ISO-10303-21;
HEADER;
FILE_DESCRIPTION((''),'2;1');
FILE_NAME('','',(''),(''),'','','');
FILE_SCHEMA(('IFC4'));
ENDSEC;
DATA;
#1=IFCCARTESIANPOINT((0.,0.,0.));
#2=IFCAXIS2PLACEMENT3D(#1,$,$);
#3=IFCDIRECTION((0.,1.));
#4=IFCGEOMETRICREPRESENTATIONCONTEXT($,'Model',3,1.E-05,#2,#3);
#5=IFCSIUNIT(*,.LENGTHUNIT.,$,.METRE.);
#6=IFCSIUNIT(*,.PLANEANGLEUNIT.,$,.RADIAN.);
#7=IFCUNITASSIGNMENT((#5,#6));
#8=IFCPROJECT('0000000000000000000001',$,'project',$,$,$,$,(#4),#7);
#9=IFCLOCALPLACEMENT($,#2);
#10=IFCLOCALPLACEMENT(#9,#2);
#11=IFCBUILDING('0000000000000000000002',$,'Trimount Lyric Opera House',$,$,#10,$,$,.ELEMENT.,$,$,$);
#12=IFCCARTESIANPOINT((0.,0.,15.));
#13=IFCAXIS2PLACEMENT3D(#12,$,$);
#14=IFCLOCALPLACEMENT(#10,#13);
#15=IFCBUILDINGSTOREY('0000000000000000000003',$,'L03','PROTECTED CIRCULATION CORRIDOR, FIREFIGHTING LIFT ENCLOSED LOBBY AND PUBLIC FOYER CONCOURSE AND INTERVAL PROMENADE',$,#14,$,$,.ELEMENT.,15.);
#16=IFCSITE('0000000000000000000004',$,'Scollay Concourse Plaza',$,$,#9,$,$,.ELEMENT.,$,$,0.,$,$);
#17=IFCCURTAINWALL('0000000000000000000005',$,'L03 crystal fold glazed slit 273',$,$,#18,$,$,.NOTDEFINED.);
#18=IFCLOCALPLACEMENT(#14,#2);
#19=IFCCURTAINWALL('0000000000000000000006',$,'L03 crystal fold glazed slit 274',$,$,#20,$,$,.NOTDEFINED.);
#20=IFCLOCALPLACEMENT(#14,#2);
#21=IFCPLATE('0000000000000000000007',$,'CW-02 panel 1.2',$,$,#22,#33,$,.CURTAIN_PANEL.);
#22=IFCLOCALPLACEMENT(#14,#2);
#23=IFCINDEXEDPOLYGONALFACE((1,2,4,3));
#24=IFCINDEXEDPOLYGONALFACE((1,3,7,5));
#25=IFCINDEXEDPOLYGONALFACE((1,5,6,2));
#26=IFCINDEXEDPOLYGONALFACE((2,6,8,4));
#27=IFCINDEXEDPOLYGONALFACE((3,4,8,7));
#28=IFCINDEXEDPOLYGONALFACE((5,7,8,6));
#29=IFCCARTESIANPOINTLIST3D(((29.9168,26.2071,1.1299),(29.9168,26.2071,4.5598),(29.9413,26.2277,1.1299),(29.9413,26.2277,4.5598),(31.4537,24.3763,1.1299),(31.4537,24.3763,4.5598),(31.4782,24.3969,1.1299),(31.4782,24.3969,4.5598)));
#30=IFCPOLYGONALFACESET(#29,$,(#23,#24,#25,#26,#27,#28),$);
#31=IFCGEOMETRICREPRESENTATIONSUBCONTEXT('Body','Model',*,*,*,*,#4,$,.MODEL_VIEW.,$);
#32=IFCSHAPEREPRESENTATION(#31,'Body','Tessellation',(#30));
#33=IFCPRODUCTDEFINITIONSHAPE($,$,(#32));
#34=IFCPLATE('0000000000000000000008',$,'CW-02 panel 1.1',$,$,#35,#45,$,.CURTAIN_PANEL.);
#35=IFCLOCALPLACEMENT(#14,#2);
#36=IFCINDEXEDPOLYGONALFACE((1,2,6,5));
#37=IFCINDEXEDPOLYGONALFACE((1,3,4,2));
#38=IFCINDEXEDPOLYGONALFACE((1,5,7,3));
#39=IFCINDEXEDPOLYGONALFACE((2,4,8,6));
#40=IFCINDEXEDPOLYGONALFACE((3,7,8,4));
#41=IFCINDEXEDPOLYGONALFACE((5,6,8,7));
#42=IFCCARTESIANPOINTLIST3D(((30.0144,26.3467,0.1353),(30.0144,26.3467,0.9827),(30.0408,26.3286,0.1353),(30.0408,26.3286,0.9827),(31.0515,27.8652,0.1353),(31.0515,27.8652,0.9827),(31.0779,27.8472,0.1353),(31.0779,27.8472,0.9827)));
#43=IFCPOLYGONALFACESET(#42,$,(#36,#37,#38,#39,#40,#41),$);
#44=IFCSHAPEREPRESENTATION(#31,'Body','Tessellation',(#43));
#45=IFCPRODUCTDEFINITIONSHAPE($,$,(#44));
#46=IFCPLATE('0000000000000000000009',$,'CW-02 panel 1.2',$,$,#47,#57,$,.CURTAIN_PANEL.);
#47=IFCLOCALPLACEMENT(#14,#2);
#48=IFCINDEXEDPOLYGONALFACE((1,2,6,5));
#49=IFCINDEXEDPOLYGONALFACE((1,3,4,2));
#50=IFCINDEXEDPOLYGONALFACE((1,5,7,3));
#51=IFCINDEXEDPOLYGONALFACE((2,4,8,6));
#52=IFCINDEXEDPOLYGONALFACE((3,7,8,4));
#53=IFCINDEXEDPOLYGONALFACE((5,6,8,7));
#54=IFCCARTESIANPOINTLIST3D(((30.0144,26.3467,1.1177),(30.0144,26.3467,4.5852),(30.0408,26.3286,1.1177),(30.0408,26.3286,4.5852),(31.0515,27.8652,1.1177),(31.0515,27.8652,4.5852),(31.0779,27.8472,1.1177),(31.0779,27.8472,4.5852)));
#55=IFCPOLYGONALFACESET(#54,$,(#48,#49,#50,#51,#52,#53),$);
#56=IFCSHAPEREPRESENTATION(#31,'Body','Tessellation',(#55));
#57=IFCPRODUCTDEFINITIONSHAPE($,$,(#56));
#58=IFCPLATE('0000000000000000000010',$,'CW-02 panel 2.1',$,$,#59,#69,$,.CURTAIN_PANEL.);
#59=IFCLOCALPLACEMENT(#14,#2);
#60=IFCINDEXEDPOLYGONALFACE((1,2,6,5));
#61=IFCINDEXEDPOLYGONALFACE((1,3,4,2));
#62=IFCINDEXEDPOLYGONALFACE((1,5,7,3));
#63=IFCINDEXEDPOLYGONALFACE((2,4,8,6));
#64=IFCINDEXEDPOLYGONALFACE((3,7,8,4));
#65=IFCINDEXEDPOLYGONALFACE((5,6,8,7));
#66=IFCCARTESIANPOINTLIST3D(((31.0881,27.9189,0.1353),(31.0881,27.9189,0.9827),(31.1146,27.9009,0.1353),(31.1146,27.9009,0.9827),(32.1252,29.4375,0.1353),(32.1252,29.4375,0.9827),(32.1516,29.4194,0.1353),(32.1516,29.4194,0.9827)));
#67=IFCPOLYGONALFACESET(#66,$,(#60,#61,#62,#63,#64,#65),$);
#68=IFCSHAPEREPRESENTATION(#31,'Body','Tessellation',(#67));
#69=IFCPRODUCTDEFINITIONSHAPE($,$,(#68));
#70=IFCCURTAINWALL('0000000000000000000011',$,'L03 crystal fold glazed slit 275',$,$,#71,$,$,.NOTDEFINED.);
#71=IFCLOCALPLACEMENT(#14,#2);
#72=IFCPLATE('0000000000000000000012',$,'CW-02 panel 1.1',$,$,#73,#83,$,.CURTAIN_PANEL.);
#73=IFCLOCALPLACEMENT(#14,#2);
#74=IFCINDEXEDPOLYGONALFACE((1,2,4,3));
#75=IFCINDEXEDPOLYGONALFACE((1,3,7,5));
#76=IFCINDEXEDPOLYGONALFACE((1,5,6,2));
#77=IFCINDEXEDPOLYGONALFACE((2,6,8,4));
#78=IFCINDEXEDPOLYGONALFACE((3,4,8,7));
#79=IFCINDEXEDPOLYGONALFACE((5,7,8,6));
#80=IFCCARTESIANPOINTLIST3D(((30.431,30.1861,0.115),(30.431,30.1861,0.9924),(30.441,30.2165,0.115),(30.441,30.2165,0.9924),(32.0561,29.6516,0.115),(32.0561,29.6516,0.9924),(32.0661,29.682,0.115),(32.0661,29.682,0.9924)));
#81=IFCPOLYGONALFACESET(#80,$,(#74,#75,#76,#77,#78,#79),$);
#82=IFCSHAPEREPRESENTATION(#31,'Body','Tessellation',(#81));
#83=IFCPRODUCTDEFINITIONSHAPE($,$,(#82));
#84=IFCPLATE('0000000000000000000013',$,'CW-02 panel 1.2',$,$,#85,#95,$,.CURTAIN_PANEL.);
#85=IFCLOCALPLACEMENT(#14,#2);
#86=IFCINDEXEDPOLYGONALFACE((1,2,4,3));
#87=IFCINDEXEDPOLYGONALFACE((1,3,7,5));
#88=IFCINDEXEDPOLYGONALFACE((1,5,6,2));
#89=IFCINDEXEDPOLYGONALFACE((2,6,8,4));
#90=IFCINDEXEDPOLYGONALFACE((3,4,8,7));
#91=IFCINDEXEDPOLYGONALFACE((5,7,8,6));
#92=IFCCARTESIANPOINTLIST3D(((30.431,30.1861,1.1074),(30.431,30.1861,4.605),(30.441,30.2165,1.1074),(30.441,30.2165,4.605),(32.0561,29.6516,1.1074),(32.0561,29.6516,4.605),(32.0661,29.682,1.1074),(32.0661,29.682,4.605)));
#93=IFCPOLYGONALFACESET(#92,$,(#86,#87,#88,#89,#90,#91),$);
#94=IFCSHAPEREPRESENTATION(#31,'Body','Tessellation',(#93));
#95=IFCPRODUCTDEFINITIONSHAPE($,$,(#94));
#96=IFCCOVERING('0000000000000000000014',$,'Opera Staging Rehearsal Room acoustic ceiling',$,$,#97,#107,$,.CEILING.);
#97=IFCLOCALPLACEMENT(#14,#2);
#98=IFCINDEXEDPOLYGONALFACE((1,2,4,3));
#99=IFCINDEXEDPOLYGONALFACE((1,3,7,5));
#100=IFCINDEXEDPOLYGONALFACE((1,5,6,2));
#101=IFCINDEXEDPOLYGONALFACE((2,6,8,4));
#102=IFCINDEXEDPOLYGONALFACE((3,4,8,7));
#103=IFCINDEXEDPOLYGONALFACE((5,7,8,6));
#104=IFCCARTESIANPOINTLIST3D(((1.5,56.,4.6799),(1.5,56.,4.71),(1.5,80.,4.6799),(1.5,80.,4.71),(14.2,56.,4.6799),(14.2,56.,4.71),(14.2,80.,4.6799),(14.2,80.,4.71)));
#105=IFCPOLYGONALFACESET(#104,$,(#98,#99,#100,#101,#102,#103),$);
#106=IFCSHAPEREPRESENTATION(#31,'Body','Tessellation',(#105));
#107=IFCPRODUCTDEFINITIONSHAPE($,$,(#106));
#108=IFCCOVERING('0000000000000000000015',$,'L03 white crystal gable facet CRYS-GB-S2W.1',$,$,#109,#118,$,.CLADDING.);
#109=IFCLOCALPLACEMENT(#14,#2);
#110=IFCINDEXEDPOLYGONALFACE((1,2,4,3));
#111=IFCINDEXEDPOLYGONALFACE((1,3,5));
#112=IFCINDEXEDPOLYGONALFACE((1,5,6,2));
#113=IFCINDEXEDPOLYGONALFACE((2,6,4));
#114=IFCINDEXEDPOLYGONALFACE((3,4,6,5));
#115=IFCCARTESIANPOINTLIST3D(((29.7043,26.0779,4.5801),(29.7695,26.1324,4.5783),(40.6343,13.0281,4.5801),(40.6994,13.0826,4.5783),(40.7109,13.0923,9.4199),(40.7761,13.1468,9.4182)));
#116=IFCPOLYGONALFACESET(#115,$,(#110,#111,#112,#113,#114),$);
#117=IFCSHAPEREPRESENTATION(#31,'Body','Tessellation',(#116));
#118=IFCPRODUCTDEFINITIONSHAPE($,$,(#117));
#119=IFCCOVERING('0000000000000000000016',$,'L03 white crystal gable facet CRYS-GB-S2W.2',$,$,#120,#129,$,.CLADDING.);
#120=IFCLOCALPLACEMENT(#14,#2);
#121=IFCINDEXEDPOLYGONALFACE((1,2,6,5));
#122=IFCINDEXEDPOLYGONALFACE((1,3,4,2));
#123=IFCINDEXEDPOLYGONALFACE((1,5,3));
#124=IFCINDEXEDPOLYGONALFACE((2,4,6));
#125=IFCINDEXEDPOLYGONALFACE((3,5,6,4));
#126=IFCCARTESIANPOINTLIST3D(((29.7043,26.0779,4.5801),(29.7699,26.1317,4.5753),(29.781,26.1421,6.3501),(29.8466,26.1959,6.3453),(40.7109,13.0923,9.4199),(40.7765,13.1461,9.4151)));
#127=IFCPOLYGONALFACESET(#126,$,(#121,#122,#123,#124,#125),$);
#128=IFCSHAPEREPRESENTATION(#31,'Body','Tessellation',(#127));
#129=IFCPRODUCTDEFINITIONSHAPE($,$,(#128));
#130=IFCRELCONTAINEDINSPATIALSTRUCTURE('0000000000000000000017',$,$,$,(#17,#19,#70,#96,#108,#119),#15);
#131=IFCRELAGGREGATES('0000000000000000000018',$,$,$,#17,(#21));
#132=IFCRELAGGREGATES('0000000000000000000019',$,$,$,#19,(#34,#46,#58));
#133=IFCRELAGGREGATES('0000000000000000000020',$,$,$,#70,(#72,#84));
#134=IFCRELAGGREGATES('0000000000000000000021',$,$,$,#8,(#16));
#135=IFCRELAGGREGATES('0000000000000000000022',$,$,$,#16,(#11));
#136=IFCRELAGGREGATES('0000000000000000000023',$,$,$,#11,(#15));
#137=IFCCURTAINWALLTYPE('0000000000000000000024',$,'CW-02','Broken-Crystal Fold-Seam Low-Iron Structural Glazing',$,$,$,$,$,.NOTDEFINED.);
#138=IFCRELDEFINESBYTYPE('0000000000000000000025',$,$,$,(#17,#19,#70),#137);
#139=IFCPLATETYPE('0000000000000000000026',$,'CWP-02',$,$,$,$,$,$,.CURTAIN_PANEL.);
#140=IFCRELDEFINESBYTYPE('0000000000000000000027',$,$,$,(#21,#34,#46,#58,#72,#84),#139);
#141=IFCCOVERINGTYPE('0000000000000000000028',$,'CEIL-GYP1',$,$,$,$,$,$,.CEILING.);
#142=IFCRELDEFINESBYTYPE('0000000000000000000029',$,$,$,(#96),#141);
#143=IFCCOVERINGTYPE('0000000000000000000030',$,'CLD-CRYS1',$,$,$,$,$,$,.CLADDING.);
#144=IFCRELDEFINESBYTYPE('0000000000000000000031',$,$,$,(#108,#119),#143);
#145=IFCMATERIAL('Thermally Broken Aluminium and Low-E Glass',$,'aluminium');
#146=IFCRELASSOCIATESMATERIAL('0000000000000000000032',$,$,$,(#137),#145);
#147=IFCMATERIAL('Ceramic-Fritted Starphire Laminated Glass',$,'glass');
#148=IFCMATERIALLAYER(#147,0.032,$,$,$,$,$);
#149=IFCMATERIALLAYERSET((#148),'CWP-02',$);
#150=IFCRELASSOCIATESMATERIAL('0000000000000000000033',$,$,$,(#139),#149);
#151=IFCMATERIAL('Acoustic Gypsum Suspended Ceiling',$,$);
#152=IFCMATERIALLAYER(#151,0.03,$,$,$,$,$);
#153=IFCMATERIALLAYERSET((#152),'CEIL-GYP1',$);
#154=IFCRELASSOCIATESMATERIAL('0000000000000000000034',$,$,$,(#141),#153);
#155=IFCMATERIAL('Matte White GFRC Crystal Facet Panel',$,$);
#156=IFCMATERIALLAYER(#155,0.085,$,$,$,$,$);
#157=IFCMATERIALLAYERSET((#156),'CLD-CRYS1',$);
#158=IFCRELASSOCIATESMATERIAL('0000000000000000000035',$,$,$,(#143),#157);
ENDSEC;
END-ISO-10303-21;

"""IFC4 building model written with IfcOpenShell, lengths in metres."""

from ifc_helpers import new_model, si_unit, direction, frame, origin, origin_2d, place, context, subcontext, project, spatial, polyline, rectangle, outline, extrude, material, layer, layer_set, type_object, element, aggregate, save


model = new_model("IFC4")

# Units and contexts
model_context = context("Model", 3, precision=1e-05, world=origin(), true_north=direction((0.0, 1.0)))
body_context = subcontext(model_context, "Body", "Model", "MODEL_VIEW")
ifc_project = project(units=[si_unit("LENGTHUNIT", "METRE"), si_unit("PLANEANGLEUNIT", "RADIAN")], contexts=[model_context])

# Site, building, storey
site_placement = place(None, origin())
site = spatial("IfcSite", under=ifc_project, at=site_placement, Name="Scollay Concourse Plaza", CompositionType="ELEMENT", RefElevation=0.0)
building_placement = place(site_placement, origin())
building = spatial("IfcBuilding", under=site, at=building_placement, Name="Trimount Lyric Opera House", CompositionType="ELEMENT")
storey_placement = place(building_placement, frame((0.0, 0.0, 15.0)))
storey = spatial("IfcBuildingStorey", under=building, at=storey_placement, Name="L03", Description="PROTECTED CIRCULATION CORRIDOR, FIREFIGHTING LIFT ENCLOSED LOBBY AND PUBLIC FOYER CONCOURSE AND INTERVAL PROMENADE", CompositionType="ELEMENT", Elevation=15.0)

# Curtain walls
ifc_material_1 = material(Name="Thermally Broken Aluminium and Low-E Glass", Category="aluminium")
curtain_wall_type = type_object("IfcCurtainWallType", Name="CW-02", Description="Broken-Crystal Fold-Seam Low-Iron Structural Glazing", PredefinedType="NOTDEFINED", material=ifc_material_1)
curtain_wall_1_placement = place(storey_placement, origin())
curtain_wall_1 = element("IfcCurtainWall", 1, at=curtain_wall_1_placement, inside=storey, type_object=curtain_wall_type, Name="L03 crystal fold glazed slit 273", PredefinedType="NOTDEFINED")
curtain_wall_2_placement = place(storey_placement, origin())
curtain_wall_2 = element("IfcCurtainWall", 2, at=curtain_wall_2_placement, inside=storey, type_object=curtain_wall_type, Name="L03 crystal fold glazed slit 274", PredefinedType="NOTDEFINED")

# Plates
ifc_material_2 = material(Name="Ceramic-Fritted Starphire Laminated Glass", Category="glass")
ifc_layer_1 = layer(ifc_material_2, 0.032)
ifc_layer_set_1 = layer_set([ifc_layer_1], Name="CWP-02")
plate_type = type_object("IfcPlateType", Name="CWP-02", PredefinedType="CURTAIN_PANEL", material=ifc_layer_set_1)
plate_1_placement = place(storey_placement, frame((30.6975, 25.302, 1.1299), z_axis=(0.0, 0.0, 1.0), x_axis=(-0.642979, 0.765884, 0.0)))
plate_1 = element("IfcPlate", 3, at=plate_1_placement, type_object=plate_type, Name="CW-02 panel 1.2", PredefinedType="CURTAIN_PANEL", context=body_context, shape_type="SweptSolid", body=[
    extrude(rectangle(XDim=2.3904, YDim=0.032, at=origin_2d()), origin(), (0.0, 0.0, 1.0), 3.4299),
])
aggregate(curtain_wall_1, [plate_1])
plate_2_placement = place(storey_placement, frame((30.5461, 27.0969, 0.1353), z_axis=(0.0, 0.0, 1.0), x_axis=(0.563962, 0.825801, 0.0)))
plate_2 = element("IfcPlate", 4, at=plate_2_placement, type_object=plate_type, Name="CW-02 panel 1.1", PredefinedType="CURTAIN_PANEL", context=body_context, shape_type="SweptSolid", body=[
    extrude(rectangle(XDim=1.8389, YDim=0.032, at=origin_2d()), origin(), (0.0, 0.0, 1.0), 0.8474),
])
plate_3_placement = place(storey_placement, frame((30.5461, 27.0969, 1.1177), z_axis=(0.0, 0.0, 1.0), x_axis=(0.563962, 0.825801, 0.0)))
plate_3 = element("IfcPlate", 5, at=plate_3_placement, type_object=plate_type, Name="CW-02 panel 1.2", PredefinedType="CURTAIN_PANEL", context=body_context, shape_type="SweptSolid", body=[
    extrude(rectangle(XDim=1.8389, YDim=0.032, at=origin_2d()), origin(), (0.0, 0.0, 1.0), 3.4675),
])
plate_4_placement = place(storey_placement, frame((31.6199, 28.6692, 0.1353), z_axis=(0.0, 0.0, 1.0), x_axis=(0.563962, 0.825801, 0.0)))
plate_4 = element("IfcPlate", 6, at=plate_4_placement, type_object=plate_type, Name="CW-02 panel 2.1", PredefinedType="CURTAIN_PANEL", context=body_context, shape_type="SweptSolid", body=[
    extrude(rectangle(XDim=1.8389, YDim=0.032, at=origin_2d()), origin(), (0.0, 0.0, 1.0), 0.8474),
])
aggregate(curtain_wall_2, [plate_2, plate_3, plate_4])

# Curtain wall, plates
curtain_wall_3_placement = place(storey_placement, origin())
curtain_wall_3 = element("IfcCurtainWall", 7, at=curtain_wall_3_placement, inside=storey, type_object=curtain_wall_type, Name="L03 crystal fold glazed slit 275", PredefinedType="NOTDEFINED")
plate_5_placement = place(storey_placement, frame((31.2485, 29.9341, 0.115), z_axis=(0.0, 0.0, 1.0), x_axis=(-0.949932, 0.312456, 0.0)))
plate_5 = element("IfcPlate", 8, at=plate_5_placement, type_object=plate_type, Name="CW-02 panel 1.1", PredefinedType="CURTAIN_PANEL", context=body_context, shape_type="SweptSolid", body=[
    extrude(rectangle(XDim=1.7107, YDim=0.032, at=origin_2d()), origin(), (0.0, 0.0, 1.0), 0.8774),
])
plate_6_placement = place(storey_placement, frame((31.2485, 29.9341, 1.1074), z_axis=(0.0, 0.0, 1.0), x_axis=(-0.949932, 0.312456, 0.0)))
plate_6 = element("IfcPlate", 9, at=plate_6_placement, type_object=plate_type, Name="CW-02 panel 1.2", PredefinedType="CURTAIN_PANEL", context=body_context, shape_type="SweptSolid", body=[
    extrude(rectangle(XDim=1.7107, YDim=0.032, at=origin_2d()), origin(), (0.0, 0.0, 1.0), 3.4976),
])
aggregate(curtain_wall_3, [plate_5, plate_6])

# Coverings
ifc_material_3 = material(Name="Acoustic Gypsum Suspended Ceiling")
ifc_layer_2 = layer(ifc_material_3, 0.03)
ifc_layer_set_2 = layer_set([ifc_layer_2], Name="CEIL-GYP1")
covering_type_1 = type_object("IfcCoveringType", Name="CEIL-GYP1", PredefinedType="CEILING", material=ifc_layer_set_2)
covering_1_placement = place(storey_placement, frame((0.0, 0.0, 4.6799)))
element("IfcCovering", 10, at=covering_1_placement, inside=storey, type_object=covering_type_1, Name="Opera Staging Rehearsal Room acoustic ceiling", PredefinedType="CEILING", context=body_context, shape_type="SweptSolid", body=[
    extrude(outline(polyline([(1.5, 56.0), (14.2, 56.0), (14.2, 80.0), (1.5, 80.0), (1.5, 56.0)])), origin(), (0.0, 0.0, 1.0), 0.03),
])
ifc_material_4 = material(Name="Matte White GFRC Crystal Facet Panel")
ifc_layer_3 = layer(ifc_material_4, 0.085)
ifc_layer_set_3 = layer_set([ifc_layer_3], Name="CLD-CRYS1")
covering_type_2 = type_object("IfcCoveringType", Name="CLD-CRYS1", PredefinedType="CLADDING", material=ifc_layer_set_3)
covering_2_placement = place(storey_placement, frame((29.7043, 26.0779, 4.5801), z_axis=(-0.766464, -0.641956, 0.020657), x_axis=(0.642093, -0.766627, 0.0)))
element("IfcCovering", 11, at=covering_2_placement, inside=storey, type_object=covering_type_2, Name="L03 white crystal gable facet CRYS-GB-S2W.1", PredefinedType="CLADDING", context=body_context, shape_type="SweptSolid", body=[
    extrude(outline(polyline([(0.0, 0.0), (17.0224, 0.0), (17.0224, 4.8409), (0.0, 0.0)])), origin(), (0.0, 0.0, -1.0), 0.085),
])
covering_3_placement = place(storey_placement, frame((29.7043, 26.0779, 4.5801), z_axis=(-0.771898, -0.633239, 0.056402), x_axis=(0.621936, -0.733761, 0.273479)))
element("IfcCovering", 12, at=covering_3_placement, inside=storey, type_object=covering_type_2, Name="L03 white crystal gable facet CRYS-GB-S2W.2", PredefinedType="CLADDING", context=body_context, shape_type="SweptSolid", body=[
    extrude(outline(polyline([(0.0, 0.0), (17.6973, 0.0), (0.4846, 1.7053), (0.0, 0.0)])), origin(), (0.0, 0.0, -1.0), 0.085),
])

save(model, "model.ifc")
